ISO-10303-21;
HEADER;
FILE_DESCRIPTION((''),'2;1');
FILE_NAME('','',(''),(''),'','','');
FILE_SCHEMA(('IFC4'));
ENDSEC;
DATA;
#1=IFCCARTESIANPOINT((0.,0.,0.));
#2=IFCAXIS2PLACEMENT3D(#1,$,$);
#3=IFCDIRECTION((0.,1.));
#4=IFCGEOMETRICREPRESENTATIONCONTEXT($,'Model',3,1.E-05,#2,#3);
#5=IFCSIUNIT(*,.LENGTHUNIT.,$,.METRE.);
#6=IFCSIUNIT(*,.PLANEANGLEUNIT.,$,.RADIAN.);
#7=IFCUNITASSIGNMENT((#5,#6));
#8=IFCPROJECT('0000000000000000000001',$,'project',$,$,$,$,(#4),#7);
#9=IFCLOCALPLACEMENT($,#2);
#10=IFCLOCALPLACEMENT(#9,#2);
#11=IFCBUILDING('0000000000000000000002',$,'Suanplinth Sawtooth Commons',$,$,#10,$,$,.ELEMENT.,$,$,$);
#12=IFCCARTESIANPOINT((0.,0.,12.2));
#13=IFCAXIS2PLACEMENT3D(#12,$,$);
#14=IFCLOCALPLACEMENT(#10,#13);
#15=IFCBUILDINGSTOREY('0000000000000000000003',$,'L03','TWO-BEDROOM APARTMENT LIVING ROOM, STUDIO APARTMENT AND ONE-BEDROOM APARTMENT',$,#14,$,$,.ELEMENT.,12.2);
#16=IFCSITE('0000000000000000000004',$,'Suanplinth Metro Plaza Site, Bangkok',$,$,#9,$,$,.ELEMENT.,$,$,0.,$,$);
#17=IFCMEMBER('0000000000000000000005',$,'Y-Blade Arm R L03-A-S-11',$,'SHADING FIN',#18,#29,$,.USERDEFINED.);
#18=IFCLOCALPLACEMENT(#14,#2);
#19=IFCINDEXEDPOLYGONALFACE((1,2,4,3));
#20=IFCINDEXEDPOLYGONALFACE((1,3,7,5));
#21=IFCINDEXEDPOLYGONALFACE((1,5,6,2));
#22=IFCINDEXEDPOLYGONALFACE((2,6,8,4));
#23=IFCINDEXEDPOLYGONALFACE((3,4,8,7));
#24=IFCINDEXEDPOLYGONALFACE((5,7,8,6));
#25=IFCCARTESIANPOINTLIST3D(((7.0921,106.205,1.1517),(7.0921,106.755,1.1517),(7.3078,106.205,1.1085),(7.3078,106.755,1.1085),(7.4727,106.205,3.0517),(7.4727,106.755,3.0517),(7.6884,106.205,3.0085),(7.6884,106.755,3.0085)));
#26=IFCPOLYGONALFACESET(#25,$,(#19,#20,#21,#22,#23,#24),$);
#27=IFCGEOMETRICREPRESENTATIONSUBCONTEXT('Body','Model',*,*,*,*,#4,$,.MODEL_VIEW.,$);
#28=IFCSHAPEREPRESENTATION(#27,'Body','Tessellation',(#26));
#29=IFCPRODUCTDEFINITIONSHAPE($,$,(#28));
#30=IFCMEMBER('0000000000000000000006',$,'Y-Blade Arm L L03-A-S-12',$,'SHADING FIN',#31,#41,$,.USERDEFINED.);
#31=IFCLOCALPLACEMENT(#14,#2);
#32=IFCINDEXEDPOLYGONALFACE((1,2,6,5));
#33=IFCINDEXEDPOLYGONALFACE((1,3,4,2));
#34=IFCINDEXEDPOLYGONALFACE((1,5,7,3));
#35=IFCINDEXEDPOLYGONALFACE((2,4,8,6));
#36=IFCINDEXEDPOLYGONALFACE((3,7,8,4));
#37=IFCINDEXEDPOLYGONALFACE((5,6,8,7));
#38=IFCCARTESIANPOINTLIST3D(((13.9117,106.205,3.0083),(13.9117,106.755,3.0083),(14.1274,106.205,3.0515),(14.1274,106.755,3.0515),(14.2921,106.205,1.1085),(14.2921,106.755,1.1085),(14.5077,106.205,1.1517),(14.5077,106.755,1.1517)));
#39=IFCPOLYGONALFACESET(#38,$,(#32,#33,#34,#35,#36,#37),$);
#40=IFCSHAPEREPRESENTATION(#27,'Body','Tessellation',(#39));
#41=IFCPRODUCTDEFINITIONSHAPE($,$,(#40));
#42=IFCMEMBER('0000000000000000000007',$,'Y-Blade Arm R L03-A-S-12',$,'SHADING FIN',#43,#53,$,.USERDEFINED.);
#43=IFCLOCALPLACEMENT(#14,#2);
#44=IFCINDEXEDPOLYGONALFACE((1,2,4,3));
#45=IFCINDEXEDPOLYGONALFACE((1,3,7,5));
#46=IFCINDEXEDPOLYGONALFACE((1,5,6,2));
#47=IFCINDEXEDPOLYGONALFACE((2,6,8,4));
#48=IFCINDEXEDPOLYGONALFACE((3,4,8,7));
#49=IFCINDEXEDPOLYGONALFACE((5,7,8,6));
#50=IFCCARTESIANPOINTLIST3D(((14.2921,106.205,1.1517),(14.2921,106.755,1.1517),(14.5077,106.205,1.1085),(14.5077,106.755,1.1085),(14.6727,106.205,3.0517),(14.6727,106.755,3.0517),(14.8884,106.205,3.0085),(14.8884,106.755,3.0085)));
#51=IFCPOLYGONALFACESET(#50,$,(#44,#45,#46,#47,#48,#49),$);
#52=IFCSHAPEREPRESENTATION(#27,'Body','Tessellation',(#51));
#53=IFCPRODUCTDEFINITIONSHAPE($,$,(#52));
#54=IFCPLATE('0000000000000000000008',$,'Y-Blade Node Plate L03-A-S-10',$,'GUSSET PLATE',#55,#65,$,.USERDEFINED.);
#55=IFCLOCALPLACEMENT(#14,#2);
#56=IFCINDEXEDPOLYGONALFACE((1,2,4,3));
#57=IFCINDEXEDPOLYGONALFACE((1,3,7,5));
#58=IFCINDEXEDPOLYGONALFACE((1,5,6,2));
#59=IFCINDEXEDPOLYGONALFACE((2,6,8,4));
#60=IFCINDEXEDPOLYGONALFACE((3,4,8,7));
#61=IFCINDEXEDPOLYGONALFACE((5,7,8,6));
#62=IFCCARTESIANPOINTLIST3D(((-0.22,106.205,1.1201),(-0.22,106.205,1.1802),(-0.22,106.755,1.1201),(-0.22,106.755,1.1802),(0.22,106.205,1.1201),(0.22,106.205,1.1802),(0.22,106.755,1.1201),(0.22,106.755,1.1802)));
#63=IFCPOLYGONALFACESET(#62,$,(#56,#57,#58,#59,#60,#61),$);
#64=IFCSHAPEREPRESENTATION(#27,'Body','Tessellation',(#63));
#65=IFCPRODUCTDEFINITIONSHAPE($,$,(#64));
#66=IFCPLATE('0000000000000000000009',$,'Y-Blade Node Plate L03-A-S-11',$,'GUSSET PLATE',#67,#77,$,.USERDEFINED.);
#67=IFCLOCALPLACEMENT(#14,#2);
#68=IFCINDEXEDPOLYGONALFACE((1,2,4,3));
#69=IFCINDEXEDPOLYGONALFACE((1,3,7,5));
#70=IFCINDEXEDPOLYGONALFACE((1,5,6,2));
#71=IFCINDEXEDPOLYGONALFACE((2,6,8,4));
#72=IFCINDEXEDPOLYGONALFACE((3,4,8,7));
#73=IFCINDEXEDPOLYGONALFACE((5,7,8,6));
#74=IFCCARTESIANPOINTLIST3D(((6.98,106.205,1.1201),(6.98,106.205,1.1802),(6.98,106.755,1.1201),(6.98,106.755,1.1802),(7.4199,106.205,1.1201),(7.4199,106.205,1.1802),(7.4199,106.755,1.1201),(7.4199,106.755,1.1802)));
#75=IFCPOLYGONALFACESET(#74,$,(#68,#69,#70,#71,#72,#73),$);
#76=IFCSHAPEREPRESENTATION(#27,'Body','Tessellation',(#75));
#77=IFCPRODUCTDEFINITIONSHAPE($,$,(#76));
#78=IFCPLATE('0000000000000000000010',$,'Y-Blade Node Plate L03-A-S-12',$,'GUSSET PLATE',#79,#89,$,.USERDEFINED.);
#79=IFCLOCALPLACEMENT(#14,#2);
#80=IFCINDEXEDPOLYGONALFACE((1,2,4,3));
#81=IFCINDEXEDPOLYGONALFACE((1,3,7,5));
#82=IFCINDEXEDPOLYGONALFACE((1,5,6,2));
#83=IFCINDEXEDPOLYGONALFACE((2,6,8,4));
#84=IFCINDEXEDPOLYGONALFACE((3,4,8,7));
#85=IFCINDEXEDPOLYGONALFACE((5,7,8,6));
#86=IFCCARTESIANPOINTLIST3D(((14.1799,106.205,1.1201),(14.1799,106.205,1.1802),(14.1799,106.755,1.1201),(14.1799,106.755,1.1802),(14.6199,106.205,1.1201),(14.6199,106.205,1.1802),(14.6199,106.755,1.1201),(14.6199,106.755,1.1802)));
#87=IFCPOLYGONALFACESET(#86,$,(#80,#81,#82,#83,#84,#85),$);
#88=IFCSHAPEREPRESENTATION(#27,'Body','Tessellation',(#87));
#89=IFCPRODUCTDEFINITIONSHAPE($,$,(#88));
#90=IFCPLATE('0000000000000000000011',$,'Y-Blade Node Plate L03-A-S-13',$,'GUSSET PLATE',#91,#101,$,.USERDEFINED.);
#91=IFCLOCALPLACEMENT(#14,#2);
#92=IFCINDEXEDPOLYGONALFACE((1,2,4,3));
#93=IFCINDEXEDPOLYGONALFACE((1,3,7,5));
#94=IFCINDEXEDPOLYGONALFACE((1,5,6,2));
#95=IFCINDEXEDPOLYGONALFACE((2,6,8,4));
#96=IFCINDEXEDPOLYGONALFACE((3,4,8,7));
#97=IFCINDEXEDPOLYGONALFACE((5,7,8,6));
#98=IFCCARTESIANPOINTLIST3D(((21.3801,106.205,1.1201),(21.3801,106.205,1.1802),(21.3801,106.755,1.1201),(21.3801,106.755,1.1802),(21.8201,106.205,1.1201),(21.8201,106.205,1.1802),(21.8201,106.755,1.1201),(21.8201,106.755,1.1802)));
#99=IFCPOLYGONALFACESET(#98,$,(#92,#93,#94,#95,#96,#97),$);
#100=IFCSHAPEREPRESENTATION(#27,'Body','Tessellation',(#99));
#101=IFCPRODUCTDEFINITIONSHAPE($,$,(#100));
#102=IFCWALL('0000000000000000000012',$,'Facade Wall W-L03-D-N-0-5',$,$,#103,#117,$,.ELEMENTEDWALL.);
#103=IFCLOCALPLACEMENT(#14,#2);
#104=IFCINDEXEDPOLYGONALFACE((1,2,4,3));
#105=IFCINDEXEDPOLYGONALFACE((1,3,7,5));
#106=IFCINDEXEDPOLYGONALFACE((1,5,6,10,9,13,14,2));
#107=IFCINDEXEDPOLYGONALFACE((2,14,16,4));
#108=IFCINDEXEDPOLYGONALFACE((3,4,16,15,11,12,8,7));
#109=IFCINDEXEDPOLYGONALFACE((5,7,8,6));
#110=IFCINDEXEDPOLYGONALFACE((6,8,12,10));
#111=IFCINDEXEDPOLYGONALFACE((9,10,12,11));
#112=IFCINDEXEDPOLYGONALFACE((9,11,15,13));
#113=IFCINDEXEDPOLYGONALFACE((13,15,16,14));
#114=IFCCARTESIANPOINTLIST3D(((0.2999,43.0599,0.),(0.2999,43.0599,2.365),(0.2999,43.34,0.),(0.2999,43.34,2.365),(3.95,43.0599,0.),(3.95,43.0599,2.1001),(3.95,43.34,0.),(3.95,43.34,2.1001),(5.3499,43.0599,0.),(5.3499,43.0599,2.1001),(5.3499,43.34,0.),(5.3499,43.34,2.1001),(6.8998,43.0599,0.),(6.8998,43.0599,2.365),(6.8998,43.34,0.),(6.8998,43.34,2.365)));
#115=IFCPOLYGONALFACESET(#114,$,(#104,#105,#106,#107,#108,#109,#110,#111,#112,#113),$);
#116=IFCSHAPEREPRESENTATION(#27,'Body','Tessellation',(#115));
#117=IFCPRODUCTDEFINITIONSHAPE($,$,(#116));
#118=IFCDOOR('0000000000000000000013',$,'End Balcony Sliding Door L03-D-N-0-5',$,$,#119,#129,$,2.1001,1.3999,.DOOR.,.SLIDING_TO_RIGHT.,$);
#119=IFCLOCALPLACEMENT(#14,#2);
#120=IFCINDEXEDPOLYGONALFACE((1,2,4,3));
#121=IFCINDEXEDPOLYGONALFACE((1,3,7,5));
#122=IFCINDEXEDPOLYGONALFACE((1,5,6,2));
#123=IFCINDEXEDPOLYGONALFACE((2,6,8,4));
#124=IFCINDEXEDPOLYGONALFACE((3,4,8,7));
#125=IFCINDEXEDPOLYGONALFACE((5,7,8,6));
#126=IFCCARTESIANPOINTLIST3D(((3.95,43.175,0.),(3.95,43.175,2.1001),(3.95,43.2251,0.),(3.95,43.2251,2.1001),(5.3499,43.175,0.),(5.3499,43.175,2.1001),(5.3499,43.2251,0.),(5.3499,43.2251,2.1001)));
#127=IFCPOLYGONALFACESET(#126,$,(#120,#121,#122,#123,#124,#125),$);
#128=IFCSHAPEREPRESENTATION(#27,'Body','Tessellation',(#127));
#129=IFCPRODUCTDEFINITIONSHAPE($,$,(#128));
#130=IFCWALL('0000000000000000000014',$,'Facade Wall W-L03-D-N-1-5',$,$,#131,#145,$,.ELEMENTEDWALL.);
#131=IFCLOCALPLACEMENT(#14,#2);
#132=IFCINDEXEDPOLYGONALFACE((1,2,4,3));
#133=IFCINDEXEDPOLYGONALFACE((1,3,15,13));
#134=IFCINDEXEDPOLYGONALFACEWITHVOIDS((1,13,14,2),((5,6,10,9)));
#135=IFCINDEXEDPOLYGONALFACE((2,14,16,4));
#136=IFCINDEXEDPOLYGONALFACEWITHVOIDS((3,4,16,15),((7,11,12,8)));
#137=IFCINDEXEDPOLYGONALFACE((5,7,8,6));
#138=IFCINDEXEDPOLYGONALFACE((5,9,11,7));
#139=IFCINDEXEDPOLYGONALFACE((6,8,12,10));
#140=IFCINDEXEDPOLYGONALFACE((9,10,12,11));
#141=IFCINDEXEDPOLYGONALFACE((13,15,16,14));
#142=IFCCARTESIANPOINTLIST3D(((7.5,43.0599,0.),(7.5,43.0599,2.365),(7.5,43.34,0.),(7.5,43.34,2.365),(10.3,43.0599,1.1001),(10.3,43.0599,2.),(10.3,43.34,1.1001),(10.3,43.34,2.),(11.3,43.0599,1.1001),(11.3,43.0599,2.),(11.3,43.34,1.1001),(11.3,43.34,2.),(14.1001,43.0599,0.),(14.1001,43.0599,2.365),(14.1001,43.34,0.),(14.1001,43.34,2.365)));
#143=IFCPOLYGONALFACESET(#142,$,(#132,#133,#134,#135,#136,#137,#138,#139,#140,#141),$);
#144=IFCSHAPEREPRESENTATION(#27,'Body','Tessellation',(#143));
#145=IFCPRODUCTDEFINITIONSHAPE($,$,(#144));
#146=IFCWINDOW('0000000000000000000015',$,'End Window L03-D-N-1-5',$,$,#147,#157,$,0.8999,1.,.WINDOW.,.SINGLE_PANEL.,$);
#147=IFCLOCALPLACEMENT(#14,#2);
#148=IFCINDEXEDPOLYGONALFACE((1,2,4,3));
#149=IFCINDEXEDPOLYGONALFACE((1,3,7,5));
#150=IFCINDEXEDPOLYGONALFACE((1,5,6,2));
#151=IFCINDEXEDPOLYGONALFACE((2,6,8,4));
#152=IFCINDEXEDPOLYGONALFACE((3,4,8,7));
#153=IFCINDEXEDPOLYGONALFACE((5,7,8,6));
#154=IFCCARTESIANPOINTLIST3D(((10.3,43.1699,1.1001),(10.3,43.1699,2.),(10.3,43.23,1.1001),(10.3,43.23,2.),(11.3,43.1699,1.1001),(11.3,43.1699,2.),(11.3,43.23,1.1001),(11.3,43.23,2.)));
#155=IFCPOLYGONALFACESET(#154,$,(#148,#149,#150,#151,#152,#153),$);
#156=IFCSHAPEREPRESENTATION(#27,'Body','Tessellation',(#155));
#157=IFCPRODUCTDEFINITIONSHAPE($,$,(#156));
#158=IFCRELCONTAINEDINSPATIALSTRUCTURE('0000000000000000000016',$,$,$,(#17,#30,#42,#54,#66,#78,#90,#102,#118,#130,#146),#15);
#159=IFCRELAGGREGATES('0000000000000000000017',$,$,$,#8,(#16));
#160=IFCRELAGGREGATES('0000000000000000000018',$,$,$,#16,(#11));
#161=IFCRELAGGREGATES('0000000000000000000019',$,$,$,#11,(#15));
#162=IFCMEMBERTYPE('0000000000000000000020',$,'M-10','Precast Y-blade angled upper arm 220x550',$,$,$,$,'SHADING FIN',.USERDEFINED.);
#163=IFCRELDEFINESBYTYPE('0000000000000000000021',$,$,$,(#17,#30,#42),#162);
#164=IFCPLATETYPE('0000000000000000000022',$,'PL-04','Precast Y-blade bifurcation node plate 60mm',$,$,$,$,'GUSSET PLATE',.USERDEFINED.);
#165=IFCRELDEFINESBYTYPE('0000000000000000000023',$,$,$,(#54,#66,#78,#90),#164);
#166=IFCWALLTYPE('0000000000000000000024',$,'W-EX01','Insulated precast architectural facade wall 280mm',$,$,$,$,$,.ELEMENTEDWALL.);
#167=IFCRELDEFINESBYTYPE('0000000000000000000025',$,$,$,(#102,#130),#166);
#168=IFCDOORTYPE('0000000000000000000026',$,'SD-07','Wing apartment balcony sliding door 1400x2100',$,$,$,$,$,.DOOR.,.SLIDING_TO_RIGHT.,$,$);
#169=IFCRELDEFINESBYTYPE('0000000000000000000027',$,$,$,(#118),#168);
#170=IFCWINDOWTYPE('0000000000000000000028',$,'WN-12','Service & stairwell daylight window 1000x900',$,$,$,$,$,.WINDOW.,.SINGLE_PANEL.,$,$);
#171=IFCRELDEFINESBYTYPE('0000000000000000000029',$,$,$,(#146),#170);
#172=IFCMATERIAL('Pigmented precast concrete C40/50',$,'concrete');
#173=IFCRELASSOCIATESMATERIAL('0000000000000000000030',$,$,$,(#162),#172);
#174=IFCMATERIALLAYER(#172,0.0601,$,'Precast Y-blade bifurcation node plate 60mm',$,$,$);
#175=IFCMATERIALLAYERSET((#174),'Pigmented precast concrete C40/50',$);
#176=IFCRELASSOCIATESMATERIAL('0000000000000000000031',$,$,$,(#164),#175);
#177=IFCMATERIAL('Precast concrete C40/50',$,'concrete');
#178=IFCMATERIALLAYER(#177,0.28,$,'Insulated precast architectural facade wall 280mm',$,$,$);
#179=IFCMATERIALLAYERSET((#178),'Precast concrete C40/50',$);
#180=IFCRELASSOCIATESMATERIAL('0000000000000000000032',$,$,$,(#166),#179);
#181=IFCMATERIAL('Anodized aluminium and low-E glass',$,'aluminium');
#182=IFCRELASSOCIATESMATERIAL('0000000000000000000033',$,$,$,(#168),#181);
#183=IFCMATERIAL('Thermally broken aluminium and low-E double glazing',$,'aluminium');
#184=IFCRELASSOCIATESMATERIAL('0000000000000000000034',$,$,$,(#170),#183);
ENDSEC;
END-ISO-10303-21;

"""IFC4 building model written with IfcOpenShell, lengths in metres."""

from ifc_helpers import new_model, si_unit, direction, frame, frame_2d, origin, origin_2d, place, context, subcontext, project, spatial, rectangle, extrude, material, layer, layer_set, material_profile, profile_set, type_object, element, fill, save


model = new_model("IFC4")

# Units and contexts
model_context = context("Model", 3, precision=1e-05, world=origin(), true_north=direction((0.0, 1.0)))
body_context = subcontext(model_context, "Body", "Model", "MODEL_VIEW")
ifc_project = project(units=[si_unit("LENGTHUNIT", "METRE"), si_unit("PLANEANGLEUNIT", "RADIAN")], contexts=[model_context])

# Site, building, storey
site_placement = place(None, origin())
site = spatial("IfcSite", under=ifc_project, at=site_placement, Name="Suanplinth Metro Plaza Site, Bangkok", CompositionType="ELEMENT", RefElevation=0.0)
building_placement = place(site_placement, origin())
building = spatial("IfcBuilding", under=site, at=building_placement, Name="Suanplinth Sawtooth Commons", CompositionType="ELEMENT")
storey_placement = place(building_placement, frame((0.0, 0.0, 12.2)))
storey = spatial("IfcBuildingStorey", under=building, at=storey_placement, Name="L03", Description="TWO-BEDROOM APARTMENT LIVING ROOM, STUDIO APARTMENT AND ONE-BEDROOM APARTMENT", CompositionType="ELEMENT", Elevation=12.2)

# Shared definitions
ifc_material_1 = material(Name="Precast concrete C40/50", Category="concrete")

# Members
ifc_material_2 = material(Name="Pigmented precast concrete C40/50", Category="concrete")
ifc_material_profile_1 = material_profile(ifc_material_2, rectangle(XDim=0.22, YDim=0.55, at=origin_2d()), Name="PC-FIN 220x550")
ifc_profile_set_1 = profile_set([ifc_material_profile_1], Name="Pigmented precast concrete C40/50")
member_type_1 = type_object("IfcMemberType", Name="M-10", Description="Precast Y-blade angled upper arm 220x550", ElementType="SHADING FIN", PredefinedType="USERDEFINED", material=ifc_profile_set_1)
member_1_placement = place(storey_placement, frame((7.2, 106.48, 1.1301), z_axis=(0.196431, 0.0, 0.980518), x_axis=(-0.980518, 0.0, 0.196431)))
element("IfcMember", 1, at=member_1_placement, inside=storey, type_object=member_type_1, Name="Y-Blade Arm R L03-A-S-11", ObjectType="SHADING FIN", PredefinedType="USERDEFINED", context=body_context, shape_type="SweptSolid", body=[
    extrude(rectangle(XDim=0.22, YDim=0.55, at=origin_2d()), origin(), (0.0, 0.0, 1.0), 1.9377),
])
member_2_placement = place(storey_placement, frame((14.3999, 106.48, 1.1301), z_axis=(-0.19631, 0.0, 0.980542), x_axis=(0.980542, 0.0, 0.19631)))
element("IfcMember", 2, at=member_2_placement, inside=storey, type_object=member_type_1, Name="Y-Blade Arm L L03-A-S-12", ObjectType="SHADING FIN", PredefinedType="USERDEFINED", context=body_context, shape_type="SweptSolid", body=[
    extrude(rectangle(XDim=0.22, YDim=0.55, at=origin_2d()), origin(), (0.0, 0.0, 1.0), 1.9375),
])
member_3_placement = place(storey_placement, frame((14.3999, 106.48, 1.1301), z_axis=(0.196431, 0.0, 0.980518), x_axis=(-0.980518, 0.0, 0.196431)))
element("IfcMember", 3, at=member_3_placement, inside=storey, type_object=member_type_1, Name="Y-Blade Arm R L03-A-S-12", ObjectType="SHADING FIN", PredefinedType="USERDEFINED", context=body_context, shape_type="SweptSolid", body=[
    extrude(rectangle(XDim=0.22, YDim=0.55, at=origin_2d()), origin(), (0.0, 0.0, 1.0), 1.9377),
])

# Plates
ifc_layer_1 = layer(ifc_material_2, 0.0601, Name="Precast Y-blade bifurcation node plate 60mm")
ifc_layer_set_1 = layer_set([ifc_layer_1], Name="Pigmented precast concrete C40/50")
plate_type = type_object("IfcPlateType", Name="PL-04", Description="Precast Y-blade bifurcation node plate 60mm", ElementType="GUSSET PLATE", PredefinedType="USERDEFINED", material=ifc_layer_set_1)
for number, where, z_axis, x_axis, name in (
    (4, (0.0, 106.48, 1.1201), (0.0, 0.0, 1.0), (1.0, 0.0, 0.0), "Y-Blade Node Plate L03-A-S-10"),
    (5, (7.2, 106.48, 1.1201), (0.0, 0.0, 1.0), (1.0, 0.0, 0.0), "Y-Blade Node Plate L03-A-S-11"),
    (6, (14.3999, 106.48, 1.1201), (0.0, 0.0, 1.0), (1.0, 0.0, 0.0), "Y-Blade Node Plate L03-A-S-12"),
    (7, (21.6001, 106.48, 1.1201), (0.0, 0.0, 1.0), (1.0, 0.0, 0.0), "Y-Blade Node Plate L03-A-S-13"),
):
    element("IfcPlate", number, at=place(storey_placement, frame(where, z_axis=z_axis, x_axis=x_axis)), inside=storey, type_object=plate_type, Name=name, ObjectType="GUSSET PLATE", PredefinedType="USERDEFINED", context=body_context, shape_type="SweptSolid", body=[
        extrude(rectangle(XDim=0.4399, YDim=0.55, at=origin_2d()), origin(), (0.0, 0.0, 1.0), 0.0601),
    ])

# Wall, opening, door
ifc_layer_2 = layer(ifc_material_1, 0.28, Name="Insulated precast architectural facade wall 280mm")
ifc_layer_set_2 = layer_set([ifc_layer_2], Name="Precast concrete C40/50")
wall_type_1 = type_object("IfcWallType", Name="W-EX01", Description="Insulated precast architectural facade wall 280mm", PredefinedType="ELEMENTEDWALL", material=ifc_layer_set_2)
wall_1_placement = place(storey_placement, frame((0.3, 43.2, 0.0), z_axis=(0.0, 0.0, 1.0), x_axis=(1.0, 0.0, 0.0)))
wall_1 = element("IfcWall", 8, at=wall_1_placement, inside=storey, type_object=wall_type_1, Name="Facade Wall W-L03-D-N-0-5", PredefinedType="ELEMENTEDWALL", context=body_context, shape_type="SweptSolid", body=[
    extrude(rectangle(XDim=6.5999, YDim=0.28, at=frame_2d((3.2998, 0.0))), origin(), (0.0, 0.0, 1.0), 2.365),
])
opening_1_placement = place(wall_1_placement, frame((3.6499, 0.0, 0.0)))
opening_1 = element("IfcOpeningElement", 9, at=opening_1_placement, cuts=wall_1, PredefinedType="OPENING", context=body_context, shape_type="SweptSolid", body=[
    extrude(rectangle(XDim=1.3999, YDim=2.1001, at=frame_2d((0.7, 1.05))), frame((0.0, 0.1548, 0.0), z_axis=(0.0, -1.0, 0.0), x_axis=(1.0, 0.0, 0.0)), (0.0, 0.0, 1.0), 0.3098),
])
ifc_material_3 = material(Name="Anodized aluminium and low-E glass", Category="aluminium")
door_type_1 = type_object("IfcDoorType", Name="SD-07", Description="Wing apartment balcony sliding door 1400x2100", OperationType="SLIDING_TO_RIGHT", PredefinedType="DOOR", material=ifc_material_3)
door_1_placement = place(opening_1_placement, frame((1.3999, 0.0, 0.0), z_axis=(0.0, 0.0, 1.0), x_axis=(-1.0, 0.0, 0.0)))
door_1 = element("IfcDoor", 10, at=door_1_placement, inside=storey, type_object=door_type_1, Name="End Balcony Sliding Door L03-D-N-0-5", OperationType="SLIDING_TO_RIGHT", OverallHeight=2.1001, OverallWidth=1.3999, PredefinedType="DOOR", context=body_context, shape_type="SweptSolid", body=[
    extrude(rectangle(XDim=1.3999, YDim=2.1001, at=frame_2d((0.7, 1.05))), frame((0.0, 0.0249, 0.0), z_axis=(0.0, -1.0, 0.0), x_axis=(1.0, 0.0, 0.0)), (0.0, 0.0, 1.0), 0.05),
])
fill(opening_1, door_1)

# Wall, opening, window
wall_2_placement = place(storey_placement, frame((7.5, 43.2, 0.0), z_axis=(0.0, 0.0, 1.0), x_axis=(1.0, 0.0, 0.0)))
wall_2 = element("IfcWall", 11, at=wall_2_placement, inside=storey, type_object=wall_type_1, Name="Facade Wall W-L03-D-N-1-5", PredefinedType="ELEMENTEDWALL", context=body_context, shape_type="SweptSolid", body=[
    extrude(rectangle(XDim=6.6001, YDim=0.28, at=frame_2d((3.3, 0.0))), origin(), (0.0, 0.0, 1.0), 2.365),
])
opening_2_placement = place(wall_2_placement, frame((2.8, 0.0, 1.1001)))
opening_2 = element("IfcOpeningElement", 12, at=opening_2_placement, cuts=wall_2, PredefinedType="OPENING", context=body_context, shape_type="SweptSolid", body=[
    extrude(rectangle(XDim=1.0, YDim=0.8999, at=frame_2d((0.5, 0.45))), frame((0.0, 0.1548, 0.0), z_axis=(0.0, -1.0, 0.0), x_axis=(1.0, 0.0, 0.0)), (0.0, 0.0, 1.0), 0.3098),
])
ifc_material_4 = material(Name="Thermally broken aluminium and low-E double glazing", Category="aluminium")
window_type = type_object("IfcWindowType", Name="WN-12", Description="Service & stairwell daylight window 1000x900", PartitioningType="SINGLE_PANEL", PredefinedType="WINDOW", material=ifc_material_4)
window_placement = place(opening_2_placement, origin())
window = element("IfcWindow", 13, at=window_placement, inside=storey, type_object=window_type, Name="End Window L03-D-N-1-5", OverallHeight=0.8999, OverallWidth=1.0, PartitioningType="SINGLE_PANEL", PredefinedType="WINDOW", context=body_context, shape_type="SweptSolid", body=[
    extrude(rectangle(XDim=1.0, YDim=0.8999, at=frame_2d((0.5, 0.45))), frame((0.0, 0.03, 0.0), z_axis=(0.0, -1.0, 0.0), x_axis=(1.0, 0.0, 0.0)), (0.0, 0.0, 1.0), 0.0601),
])
fill(opening_2, window)

save(model, "model.ifc")
